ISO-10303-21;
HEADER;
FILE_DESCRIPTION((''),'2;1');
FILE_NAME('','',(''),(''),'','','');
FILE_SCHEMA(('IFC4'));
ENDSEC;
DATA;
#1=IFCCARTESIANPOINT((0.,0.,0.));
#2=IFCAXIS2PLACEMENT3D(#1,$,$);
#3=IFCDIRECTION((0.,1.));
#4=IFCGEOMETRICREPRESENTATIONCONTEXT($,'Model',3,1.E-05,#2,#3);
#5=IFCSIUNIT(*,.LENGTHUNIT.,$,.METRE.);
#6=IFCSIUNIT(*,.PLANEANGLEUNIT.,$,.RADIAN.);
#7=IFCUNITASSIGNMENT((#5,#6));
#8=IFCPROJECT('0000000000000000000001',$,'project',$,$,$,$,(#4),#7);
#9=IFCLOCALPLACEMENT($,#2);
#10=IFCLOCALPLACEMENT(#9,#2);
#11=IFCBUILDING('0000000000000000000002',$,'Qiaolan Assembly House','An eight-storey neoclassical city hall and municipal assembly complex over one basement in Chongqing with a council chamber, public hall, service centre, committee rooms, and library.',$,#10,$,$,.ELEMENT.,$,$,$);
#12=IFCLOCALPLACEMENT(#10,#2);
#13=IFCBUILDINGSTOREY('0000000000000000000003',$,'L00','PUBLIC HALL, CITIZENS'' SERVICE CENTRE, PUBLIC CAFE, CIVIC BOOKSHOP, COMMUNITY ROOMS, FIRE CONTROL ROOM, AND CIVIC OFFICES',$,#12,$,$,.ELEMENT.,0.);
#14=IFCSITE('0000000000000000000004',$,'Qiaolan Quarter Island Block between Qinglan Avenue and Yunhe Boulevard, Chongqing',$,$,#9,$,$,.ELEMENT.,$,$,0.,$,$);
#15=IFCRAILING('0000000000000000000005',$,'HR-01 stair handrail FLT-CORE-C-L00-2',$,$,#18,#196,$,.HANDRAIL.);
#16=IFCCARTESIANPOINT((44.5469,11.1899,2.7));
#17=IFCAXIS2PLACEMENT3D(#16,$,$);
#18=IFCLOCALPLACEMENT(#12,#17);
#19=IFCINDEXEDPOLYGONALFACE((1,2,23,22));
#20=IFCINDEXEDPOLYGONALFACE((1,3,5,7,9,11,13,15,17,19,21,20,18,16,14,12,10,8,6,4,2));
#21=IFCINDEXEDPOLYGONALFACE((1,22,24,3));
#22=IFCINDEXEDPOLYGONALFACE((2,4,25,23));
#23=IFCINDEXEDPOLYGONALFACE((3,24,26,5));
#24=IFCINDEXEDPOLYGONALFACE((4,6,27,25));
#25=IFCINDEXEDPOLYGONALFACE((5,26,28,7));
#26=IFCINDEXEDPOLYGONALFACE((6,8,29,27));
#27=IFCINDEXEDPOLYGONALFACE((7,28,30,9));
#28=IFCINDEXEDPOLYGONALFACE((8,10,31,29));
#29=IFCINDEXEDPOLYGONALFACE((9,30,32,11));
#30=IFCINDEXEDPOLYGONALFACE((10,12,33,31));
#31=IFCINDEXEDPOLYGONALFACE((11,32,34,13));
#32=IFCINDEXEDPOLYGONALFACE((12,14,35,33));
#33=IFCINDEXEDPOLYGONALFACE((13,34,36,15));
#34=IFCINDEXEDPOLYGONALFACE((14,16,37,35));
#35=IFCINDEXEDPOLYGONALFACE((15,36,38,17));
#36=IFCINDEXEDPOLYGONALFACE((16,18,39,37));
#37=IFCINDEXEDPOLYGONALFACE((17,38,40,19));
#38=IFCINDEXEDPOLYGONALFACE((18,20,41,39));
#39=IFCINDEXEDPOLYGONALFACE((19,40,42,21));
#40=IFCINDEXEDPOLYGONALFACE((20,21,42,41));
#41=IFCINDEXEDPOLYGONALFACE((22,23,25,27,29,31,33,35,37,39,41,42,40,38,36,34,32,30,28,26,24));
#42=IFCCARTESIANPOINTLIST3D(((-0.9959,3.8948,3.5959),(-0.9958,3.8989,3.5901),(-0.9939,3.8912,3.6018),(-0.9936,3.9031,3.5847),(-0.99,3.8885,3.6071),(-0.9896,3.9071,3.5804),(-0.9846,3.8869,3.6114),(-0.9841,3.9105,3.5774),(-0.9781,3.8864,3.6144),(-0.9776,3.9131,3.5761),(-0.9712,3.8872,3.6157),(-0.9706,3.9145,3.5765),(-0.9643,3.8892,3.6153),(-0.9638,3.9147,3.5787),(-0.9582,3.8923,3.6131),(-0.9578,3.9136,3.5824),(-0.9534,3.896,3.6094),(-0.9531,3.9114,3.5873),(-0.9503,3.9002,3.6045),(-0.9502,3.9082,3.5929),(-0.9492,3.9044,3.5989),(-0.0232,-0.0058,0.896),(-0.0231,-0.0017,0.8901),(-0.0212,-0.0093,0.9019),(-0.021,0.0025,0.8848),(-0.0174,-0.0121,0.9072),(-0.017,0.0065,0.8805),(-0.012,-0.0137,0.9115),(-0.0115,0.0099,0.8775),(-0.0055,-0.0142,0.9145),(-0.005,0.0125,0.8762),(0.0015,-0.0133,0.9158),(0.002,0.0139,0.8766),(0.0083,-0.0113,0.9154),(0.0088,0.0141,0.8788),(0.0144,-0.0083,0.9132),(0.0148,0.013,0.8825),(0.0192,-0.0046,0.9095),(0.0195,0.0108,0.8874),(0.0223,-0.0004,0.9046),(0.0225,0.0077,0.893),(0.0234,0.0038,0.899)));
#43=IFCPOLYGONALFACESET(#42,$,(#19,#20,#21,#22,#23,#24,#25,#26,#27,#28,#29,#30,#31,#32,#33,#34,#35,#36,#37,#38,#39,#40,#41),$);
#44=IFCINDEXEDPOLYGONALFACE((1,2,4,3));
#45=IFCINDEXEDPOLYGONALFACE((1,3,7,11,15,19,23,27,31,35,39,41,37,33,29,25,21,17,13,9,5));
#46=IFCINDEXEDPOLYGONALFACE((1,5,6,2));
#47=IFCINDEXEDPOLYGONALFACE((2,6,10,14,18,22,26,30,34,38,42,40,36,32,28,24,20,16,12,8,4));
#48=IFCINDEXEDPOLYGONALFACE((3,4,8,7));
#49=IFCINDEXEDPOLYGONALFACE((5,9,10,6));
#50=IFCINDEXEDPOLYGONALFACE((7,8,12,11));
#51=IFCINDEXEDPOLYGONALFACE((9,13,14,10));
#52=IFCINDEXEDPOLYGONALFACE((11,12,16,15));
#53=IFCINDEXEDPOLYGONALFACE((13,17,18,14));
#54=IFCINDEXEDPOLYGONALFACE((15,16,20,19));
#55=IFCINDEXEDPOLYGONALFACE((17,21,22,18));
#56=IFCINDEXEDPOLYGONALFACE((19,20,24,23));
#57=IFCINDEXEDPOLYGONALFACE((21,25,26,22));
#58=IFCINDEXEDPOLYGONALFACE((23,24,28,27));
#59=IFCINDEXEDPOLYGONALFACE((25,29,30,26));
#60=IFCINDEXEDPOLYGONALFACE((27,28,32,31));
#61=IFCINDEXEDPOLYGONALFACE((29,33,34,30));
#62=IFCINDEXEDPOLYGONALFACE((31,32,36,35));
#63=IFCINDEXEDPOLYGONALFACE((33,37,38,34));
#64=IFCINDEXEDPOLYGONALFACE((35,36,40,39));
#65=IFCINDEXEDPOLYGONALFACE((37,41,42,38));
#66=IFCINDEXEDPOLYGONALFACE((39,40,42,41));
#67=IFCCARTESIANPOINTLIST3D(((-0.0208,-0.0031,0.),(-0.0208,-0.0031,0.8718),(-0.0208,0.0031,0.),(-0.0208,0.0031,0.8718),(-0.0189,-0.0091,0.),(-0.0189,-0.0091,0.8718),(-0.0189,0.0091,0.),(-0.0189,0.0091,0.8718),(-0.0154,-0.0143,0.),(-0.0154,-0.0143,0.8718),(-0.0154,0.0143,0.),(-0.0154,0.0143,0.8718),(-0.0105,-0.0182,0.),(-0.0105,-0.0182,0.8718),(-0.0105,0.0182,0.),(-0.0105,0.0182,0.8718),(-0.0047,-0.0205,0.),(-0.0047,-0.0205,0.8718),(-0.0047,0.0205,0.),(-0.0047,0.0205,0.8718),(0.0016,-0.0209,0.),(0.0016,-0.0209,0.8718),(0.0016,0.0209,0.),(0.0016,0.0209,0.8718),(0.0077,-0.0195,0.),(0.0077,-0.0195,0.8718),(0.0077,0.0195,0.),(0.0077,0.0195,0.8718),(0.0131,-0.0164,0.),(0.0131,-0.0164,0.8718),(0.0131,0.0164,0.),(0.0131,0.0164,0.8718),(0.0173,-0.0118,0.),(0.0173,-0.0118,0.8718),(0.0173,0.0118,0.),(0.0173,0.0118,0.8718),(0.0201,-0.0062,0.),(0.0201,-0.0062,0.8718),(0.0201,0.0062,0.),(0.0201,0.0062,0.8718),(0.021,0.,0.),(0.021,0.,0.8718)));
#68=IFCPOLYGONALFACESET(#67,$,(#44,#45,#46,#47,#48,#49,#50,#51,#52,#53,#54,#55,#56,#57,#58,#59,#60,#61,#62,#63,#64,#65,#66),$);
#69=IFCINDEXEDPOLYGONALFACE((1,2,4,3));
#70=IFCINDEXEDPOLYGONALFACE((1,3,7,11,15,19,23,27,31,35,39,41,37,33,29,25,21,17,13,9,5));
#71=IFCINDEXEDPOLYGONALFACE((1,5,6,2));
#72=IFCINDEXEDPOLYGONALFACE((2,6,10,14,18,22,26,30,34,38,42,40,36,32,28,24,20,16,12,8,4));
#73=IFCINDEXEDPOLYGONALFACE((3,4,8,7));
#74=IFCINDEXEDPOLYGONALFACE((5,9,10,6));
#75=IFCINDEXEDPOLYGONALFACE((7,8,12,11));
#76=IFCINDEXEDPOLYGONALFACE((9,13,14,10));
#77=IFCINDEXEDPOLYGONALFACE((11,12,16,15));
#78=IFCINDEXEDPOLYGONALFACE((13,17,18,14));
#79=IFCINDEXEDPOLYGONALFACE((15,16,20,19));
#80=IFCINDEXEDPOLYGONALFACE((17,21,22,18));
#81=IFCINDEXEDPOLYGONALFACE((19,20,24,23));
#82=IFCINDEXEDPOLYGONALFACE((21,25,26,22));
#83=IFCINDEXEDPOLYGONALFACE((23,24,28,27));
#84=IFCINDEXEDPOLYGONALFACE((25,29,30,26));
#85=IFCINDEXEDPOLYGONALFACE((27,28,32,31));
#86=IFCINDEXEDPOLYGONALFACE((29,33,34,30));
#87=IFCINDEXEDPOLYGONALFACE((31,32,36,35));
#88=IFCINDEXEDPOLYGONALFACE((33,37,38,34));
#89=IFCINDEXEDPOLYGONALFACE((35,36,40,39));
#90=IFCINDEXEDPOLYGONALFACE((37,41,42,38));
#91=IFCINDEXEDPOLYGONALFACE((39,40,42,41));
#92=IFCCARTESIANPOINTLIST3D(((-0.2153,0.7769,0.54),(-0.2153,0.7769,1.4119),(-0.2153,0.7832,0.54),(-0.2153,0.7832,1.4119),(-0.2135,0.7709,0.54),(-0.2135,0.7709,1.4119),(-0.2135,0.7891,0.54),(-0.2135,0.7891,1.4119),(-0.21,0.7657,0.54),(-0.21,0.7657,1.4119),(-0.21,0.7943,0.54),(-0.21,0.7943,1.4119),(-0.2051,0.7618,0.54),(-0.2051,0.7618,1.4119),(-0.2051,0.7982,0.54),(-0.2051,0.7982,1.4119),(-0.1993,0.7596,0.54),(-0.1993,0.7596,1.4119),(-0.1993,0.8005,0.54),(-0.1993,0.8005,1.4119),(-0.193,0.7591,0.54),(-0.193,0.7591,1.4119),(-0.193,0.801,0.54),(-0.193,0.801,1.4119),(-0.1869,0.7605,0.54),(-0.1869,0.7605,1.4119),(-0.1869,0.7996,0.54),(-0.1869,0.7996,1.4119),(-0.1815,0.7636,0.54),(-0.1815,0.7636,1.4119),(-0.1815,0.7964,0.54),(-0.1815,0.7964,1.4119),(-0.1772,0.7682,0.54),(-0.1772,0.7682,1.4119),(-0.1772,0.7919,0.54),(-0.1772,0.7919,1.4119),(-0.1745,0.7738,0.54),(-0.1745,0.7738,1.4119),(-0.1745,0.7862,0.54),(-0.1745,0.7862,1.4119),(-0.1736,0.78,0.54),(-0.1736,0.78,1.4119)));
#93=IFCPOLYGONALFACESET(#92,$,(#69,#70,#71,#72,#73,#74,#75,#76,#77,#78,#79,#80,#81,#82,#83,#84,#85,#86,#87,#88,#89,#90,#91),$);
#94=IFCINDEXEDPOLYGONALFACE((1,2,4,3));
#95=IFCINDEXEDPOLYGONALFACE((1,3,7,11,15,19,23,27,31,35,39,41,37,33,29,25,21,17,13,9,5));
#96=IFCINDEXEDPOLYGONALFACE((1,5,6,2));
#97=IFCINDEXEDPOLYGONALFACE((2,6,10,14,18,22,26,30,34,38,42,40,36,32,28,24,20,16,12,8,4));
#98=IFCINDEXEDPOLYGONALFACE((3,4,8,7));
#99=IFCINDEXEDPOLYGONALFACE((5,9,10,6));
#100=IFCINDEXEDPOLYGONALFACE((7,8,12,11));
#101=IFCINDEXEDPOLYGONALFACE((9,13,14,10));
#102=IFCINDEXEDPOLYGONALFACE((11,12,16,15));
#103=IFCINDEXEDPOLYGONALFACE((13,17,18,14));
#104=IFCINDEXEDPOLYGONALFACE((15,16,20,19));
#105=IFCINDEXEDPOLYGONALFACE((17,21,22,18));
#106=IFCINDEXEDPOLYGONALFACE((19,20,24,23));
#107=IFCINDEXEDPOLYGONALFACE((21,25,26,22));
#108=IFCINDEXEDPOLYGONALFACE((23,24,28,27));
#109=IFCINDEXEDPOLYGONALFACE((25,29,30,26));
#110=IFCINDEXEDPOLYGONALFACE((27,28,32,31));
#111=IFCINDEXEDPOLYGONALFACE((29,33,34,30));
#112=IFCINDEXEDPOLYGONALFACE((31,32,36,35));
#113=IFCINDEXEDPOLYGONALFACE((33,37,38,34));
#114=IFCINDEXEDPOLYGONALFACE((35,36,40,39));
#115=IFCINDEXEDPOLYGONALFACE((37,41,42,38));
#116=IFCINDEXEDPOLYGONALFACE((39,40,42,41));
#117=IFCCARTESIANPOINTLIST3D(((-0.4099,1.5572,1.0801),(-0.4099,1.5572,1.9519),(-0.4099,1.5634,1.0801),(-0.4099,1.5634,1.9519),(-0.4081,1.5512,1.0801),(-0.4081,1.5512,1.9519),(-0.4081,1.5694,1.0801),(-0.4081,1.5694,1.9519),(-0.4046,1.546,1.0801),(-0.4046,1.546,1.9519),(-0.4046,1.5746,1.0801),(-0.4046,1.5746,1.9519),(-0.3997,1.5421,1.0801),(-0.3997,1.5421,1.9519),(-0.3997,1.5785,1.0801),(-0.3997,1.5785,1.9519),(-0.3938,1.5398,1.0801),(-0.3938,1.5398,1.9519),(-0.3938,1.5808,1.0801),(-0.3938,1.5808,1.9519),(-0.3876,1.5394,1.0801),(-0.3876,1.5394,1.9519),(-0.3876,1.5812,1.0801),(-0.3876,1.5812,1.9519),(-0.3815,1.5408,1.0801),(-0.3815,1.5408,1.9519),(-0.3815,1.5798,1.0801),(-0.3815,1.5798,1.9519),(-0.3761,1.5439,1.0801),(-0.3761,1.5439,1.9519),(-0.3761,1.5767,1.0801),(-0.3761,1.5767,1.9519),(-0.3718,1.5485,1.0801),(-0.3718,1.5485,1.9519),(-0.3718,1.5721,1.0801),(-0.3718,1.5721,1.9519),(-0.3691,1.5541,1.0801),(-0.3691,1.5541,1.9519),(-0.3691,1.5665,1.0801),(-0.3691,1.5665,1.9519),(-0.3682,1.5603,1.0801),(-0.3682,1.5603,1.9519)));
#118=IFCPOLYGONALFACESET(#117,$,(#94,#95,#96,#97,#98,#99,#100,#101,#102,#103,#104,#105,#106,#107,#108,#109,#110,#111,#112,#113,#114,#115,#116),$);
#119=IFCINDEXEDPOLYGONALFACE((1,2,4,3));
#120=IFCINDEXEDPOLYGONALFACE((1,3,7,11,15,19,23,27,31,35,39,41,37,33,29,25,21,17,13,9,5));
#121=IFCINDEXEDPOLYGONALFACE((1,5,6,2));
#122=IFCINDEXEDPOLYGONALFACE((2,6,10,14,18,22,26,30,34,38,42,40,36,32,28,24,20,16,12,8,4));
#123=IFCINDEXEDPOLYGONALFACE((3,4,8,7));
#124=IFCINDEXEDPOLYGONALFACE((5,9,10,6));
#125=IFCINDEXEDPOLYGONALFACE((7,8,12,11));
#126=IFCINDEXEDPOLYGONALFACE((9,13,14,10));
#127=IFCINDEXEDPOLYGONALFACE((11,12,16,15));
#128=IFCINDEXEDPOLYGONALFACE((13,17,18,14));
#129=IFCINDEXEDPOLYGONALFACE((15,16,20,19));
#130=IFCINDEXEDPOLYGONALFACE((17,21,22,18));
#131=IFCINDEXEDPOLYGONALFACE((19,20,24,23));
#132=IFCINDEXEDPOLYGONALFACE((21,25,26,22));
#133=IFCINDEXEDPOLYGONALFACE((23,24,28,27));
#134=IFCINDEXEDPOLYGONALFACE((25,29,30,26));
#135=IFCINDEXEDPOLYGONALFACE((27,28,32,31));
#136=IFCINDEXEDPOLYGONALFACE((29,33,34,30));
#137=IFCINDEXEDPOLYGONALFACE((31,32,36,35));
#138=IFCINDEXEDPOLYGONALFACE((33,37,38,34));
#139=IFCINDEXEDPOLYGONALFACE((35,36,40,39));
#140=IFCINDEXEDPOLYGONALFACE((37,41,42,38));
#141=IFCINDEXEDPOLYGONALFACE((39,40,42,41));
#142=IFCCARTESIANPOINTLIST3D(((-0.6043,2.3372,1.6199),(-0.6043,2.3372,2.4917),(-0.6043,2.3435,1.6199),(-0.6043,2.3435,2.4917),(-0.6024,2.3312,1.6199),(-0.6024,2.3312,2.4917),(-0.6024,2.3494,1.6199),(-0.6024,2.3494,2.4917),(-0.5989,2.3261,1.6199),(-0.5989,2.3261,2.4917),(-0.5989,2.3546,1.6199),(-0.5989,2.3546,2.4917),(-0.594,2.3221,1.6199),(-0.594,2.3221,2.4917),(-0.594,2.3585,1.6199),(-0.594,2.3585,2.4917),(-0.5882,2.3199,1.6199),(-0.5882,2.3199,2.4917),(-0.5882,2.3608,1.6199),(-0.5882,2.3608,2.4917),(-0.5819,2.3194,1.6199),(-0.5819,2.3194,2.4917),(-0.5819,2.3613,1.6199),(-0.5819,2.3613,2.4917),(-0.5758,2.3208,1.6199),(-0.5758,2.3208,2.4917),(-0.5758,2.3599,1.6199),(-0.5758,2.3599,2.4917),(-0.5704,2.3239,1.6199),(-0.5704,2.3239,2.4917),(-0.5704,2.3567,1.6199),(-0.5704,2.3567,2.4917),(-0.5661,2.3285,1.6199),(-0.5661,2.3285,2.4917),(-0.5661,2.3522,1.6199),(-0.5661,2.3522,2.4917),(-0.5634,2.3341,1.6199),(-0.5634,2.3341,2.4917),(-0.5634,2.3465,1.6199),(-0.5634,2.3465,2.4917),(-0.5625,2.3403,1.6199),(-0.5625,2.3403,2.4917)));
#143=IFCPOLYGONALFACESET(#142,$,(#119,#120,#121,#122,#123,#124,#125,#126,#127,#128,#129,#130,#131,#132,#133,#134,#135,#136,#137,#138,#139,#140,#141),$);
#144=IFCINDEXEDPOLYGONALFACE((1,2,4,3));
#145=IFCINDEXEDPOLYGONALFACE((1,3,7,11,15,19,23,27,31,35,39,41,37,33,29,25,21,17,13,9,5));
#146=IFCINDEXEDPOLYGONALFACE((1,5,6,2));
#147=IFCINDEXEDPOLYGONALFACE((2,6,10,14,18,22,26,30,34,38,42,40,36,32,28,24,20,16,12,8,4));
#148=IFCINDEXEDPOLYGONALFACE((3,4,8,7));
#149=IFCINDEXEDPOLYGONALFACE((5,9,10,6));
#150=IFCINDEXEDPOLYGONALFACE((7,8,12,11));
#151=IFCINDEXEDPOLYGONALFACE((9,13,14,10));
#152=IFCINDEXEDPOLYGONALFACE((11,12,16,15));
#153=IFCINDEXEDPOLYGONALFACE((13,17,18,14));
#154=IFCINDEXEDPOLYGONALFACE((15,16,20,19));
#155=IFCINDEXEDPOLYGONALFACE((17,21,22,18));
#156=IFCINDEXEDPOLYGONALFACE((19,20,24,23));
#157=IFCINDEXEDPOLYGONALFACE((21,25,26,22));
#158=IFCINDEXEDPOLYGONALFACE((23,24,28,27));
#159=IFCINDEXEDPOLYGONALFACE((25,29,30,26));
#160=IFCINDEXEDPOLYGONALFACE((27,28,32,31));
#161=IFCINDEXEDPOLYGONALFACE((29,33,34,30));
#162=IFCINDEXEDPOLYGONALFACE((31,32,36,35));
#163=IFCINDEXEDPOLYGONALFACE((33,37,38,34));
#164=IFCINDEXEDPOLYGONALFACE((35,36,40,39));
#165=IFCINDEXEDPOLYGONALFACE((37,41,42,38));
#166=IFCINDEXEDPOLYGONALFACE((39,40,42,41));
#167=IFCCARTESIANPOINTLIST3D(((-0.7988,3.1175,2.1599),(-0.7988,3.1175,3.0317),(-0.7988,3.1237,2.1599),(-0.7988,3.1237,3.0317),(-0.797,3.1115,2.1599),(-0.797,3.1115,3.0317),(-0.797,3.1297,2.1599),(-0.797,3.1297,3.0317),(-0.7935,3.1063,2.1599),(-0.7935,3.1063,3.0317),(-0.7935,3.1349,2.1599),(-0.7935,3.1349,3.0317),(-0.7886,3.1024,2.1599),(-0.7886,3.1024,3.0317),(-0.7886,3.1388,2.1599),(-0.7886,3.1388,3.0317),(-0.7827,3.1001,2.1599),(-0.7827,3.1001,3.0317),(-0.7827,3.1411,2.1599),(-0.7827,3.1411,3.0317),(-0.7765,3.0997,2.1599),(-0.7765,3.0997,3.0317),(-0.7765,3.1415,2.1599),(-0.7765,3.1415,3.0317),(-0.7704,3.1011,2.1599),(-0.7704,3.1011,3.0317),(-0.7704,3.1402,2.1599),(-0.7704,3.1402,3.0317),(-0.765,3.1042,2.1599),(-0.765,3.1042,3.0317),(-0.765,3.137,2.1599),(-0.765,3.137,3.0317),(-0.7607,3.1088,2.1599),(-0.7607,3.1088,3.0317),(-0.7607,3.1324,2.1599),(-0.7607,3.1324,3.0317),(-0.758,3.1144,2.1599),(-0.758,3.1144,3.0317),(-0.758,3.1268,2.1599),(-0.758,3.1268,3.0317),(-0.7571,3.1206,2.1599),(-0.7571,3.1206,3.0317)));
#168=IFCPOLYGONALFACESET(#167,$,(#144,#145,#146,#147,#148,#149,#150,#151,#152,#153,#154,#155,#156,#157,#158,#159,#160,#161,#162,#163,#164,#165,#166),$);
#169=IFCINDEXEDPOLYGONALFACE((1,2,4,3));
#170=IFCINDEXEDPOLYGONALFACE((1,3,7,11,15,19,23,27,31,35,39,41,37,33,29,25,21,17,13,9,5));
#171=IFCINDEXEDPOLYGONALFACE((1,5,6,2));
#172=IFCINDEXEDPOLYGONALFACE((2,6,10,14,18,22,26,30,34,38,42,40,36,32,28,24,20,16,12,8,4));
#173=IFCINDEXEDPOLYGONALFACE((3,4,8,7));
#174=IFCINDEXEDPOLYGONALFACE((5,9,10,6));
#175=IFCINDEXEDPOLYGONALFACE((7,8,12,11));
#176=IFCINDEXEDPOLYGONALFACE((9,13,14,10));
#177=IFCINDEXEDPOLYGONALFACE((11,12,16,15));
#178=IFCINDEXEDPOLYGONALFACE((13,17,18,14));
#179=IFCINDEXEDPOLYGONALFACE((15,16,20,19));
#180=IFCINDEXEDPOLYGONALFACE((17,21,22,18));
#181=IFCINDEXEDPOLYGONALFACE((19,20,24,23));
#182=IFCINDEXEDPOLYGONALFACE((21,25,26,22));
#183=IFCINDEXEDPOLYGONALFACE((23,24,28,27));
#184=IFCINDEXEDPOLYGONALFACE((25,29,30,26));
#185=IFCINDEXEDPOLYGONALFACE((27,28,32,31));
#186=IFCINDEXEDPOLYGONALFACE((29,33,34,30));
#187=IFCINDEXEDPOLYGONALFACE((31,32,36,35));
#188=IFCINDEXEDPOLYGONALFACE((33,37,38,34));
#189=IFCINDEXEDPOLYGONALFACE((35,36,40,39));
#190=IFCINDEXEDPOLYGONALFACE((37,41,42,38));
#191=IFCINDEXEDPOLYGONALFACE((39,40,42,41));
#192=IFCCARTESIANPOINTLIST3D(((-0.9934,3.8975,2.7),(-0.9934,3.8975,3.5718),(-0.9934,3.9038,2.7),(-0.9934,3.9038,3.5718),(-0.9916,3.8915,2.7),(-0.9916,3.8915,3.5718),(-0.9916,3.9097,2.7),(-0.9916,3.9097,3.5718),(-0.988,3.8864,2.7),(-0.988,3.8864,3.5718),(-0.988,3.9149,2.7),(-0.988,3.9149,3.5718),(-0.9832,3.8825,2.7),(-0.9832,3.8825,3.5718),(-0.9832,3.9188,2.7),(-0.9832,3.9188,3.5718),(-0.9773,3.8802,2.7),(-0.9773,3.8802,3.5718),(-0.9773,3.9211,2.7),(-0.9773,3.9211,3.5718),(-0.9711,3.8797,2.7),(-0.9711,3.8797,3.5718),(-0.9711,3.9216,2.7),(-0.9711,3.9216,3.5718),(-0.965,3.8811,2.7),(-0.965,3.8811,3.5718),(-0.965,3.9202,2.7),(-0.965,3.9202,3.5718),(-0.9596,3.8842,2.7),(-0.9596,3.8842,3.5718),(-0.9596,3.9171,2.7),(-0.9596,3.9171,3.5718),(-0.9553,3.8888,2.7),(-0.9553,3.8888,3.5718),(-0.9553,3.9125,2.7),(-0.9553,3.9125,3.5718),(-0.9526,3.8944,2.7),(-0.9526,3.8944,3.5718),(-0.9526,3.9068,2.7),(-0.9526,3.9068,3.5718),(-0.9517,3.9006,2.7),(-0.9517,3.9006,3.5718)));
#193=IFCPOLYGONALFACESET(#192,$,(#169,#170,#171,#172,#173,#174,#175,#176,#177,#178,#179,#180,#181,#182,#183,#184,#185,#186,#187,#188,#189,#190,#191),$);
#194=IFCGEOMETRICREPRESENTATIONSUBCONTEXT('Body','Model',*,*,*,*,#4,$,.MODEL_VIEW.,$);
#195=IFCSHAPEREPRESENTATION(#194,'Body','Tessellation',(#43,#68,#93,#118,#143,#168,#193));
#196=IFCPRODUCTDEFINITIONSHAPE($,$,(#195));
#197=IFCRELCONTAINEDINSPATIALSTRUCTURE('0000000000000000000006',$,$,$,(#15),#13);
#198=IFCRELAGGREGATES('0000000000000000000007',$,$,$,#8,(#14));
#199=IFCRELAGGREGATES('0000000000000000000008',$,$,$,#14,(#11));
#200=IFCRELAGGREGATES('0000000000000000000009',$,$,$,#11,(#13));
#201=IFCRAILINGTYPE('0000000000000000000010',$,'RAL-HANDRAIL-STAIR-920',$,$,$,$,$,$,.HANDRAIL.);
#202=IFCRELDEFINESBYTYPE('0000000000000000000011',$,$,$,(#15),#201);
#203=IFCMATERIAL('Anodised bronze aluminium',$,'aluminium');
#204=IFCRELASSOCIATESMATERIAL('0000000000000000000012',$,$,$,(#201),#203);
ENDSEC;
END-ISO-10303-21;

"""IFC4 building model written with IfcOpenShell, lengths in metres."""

from ifc_helpers import new_model, si_unit, direction, frame, origin, origin_2d, place, context, subcontext, project, spatial, circle, extrude, material, type_object, element, save


model = new_model("IFC4")

# Units and contexts
model_context = context("Model", 3, precision=1e-05, world=origin(), true_north=direction((0.0, 1.0)))
body_context = subcontext(model_context, "Body", "Model", "MODEL_VIEW")
ifc_project = project(units=[si_unit("LENGTHUNIT", "METRE"), si_unit("PLANEANGLEUNIT", "RADIAN")], contexts=[model_context])

# Site, building, storey
site_placement = place(None, origin())
site = spatial("IfcSite", under=ifc_project, at=site_placement, Name="Qiaolan Quarter Island Block between Qinglan Avenue and Yunhe Boulevard, Chongqing", CompositionType="ELEMENT", RefElevation=0.0)
building_placement = place(site_placement, origin())
building = spatial("IfcBuilding", under=site, at=building_placement, Name="Qiaolan Assembly House", Description="An eight-storey neoclassical city hall and municipal assembly complex over one basement in Chongqing with a council chamber, public hall, service centre, committee rooms, and library.", CompositionType="ELEMENT")
storey_placement = place(building_placement, origin())
storey = spatial("IfcBuildingStorey", under=building, at=storey_placement, Name="L00", Description="PUBLIC HALL, CITIZENS' SERVICE CENTRE, PUBLIC CAFE, CIVIC BOOKSHOP, COMMUNITY ROOMS, FIRE CONTROL ROOM, AND CIVIC OFFICES", CompositionType="ELEMENT", Elevation=0.0)

# Railing
ifc_material_1 = material(Name="Anodised bronze aluminium", Category="aluminium")
railing_type_1 = type_object("IfcRailingType", Name="RAL-HANDRAIL-STAIR-920", PredefinedType="HANDRAIL", material=ifc_material_1)
railing_1_placement = place(storey_placement, frame((44.5469, 11.1899, 2.7)))
element("IfcRailing", 1, at=railing_1_placement, inside=storey, type_object=railing_type_1, Name="HR-01 stair handrail FLT-CORE-C-L00-2", PredefinedType="HANDRAIL", context=body_context, shape_type="SweptSolid", body=[
    extrude(circle(Radius=0.0239, at=origin_2d()), frame((0.0, 0.0, 0.896), z_axis=(-0.200854, 0.805484, 0.557542), x_axis=(-0.970289, -0.24195, 0.0)), (0.0, 0.0, 1.0), 4.8425),
    extrude(circle(Radius=0.021, at=origin_2d()), origin(), (0.0, 0.0, 1.0), 0.8718),
    extrude(circle(Radius=0.021, at=origin_2d()), frame((-0.1946, 0.78, 0.54)), (0.0, 0.0, 1.0), 0.8718),
    extrude(circle(Radius=0.021, at=origin_2d()), frame((-0.3892, 1.5603, 1.0801)), (0.0, 0.0, 1.0), 0.8718),
    extrude(circle(Radius=0.021, at=origin_2d()), frame((-0.5835, 2.3403, 1.6199)), (0.0, 0.0, 1.0), 0.8718),
    extrude(circle(Radius=0.021, at=origin_2d()), frame((-0.7781, 3.1206, 2.1599)), (0.0, 0.0, 1.0), 0.8718),
    extrude(circle(Radius=0.021, at=origin_2d()), frame((-0.9727, 3.9006, 2.7)), (0.0, 0.0, 1.0), 0.8718),
])

save(model, "model.ifc")
